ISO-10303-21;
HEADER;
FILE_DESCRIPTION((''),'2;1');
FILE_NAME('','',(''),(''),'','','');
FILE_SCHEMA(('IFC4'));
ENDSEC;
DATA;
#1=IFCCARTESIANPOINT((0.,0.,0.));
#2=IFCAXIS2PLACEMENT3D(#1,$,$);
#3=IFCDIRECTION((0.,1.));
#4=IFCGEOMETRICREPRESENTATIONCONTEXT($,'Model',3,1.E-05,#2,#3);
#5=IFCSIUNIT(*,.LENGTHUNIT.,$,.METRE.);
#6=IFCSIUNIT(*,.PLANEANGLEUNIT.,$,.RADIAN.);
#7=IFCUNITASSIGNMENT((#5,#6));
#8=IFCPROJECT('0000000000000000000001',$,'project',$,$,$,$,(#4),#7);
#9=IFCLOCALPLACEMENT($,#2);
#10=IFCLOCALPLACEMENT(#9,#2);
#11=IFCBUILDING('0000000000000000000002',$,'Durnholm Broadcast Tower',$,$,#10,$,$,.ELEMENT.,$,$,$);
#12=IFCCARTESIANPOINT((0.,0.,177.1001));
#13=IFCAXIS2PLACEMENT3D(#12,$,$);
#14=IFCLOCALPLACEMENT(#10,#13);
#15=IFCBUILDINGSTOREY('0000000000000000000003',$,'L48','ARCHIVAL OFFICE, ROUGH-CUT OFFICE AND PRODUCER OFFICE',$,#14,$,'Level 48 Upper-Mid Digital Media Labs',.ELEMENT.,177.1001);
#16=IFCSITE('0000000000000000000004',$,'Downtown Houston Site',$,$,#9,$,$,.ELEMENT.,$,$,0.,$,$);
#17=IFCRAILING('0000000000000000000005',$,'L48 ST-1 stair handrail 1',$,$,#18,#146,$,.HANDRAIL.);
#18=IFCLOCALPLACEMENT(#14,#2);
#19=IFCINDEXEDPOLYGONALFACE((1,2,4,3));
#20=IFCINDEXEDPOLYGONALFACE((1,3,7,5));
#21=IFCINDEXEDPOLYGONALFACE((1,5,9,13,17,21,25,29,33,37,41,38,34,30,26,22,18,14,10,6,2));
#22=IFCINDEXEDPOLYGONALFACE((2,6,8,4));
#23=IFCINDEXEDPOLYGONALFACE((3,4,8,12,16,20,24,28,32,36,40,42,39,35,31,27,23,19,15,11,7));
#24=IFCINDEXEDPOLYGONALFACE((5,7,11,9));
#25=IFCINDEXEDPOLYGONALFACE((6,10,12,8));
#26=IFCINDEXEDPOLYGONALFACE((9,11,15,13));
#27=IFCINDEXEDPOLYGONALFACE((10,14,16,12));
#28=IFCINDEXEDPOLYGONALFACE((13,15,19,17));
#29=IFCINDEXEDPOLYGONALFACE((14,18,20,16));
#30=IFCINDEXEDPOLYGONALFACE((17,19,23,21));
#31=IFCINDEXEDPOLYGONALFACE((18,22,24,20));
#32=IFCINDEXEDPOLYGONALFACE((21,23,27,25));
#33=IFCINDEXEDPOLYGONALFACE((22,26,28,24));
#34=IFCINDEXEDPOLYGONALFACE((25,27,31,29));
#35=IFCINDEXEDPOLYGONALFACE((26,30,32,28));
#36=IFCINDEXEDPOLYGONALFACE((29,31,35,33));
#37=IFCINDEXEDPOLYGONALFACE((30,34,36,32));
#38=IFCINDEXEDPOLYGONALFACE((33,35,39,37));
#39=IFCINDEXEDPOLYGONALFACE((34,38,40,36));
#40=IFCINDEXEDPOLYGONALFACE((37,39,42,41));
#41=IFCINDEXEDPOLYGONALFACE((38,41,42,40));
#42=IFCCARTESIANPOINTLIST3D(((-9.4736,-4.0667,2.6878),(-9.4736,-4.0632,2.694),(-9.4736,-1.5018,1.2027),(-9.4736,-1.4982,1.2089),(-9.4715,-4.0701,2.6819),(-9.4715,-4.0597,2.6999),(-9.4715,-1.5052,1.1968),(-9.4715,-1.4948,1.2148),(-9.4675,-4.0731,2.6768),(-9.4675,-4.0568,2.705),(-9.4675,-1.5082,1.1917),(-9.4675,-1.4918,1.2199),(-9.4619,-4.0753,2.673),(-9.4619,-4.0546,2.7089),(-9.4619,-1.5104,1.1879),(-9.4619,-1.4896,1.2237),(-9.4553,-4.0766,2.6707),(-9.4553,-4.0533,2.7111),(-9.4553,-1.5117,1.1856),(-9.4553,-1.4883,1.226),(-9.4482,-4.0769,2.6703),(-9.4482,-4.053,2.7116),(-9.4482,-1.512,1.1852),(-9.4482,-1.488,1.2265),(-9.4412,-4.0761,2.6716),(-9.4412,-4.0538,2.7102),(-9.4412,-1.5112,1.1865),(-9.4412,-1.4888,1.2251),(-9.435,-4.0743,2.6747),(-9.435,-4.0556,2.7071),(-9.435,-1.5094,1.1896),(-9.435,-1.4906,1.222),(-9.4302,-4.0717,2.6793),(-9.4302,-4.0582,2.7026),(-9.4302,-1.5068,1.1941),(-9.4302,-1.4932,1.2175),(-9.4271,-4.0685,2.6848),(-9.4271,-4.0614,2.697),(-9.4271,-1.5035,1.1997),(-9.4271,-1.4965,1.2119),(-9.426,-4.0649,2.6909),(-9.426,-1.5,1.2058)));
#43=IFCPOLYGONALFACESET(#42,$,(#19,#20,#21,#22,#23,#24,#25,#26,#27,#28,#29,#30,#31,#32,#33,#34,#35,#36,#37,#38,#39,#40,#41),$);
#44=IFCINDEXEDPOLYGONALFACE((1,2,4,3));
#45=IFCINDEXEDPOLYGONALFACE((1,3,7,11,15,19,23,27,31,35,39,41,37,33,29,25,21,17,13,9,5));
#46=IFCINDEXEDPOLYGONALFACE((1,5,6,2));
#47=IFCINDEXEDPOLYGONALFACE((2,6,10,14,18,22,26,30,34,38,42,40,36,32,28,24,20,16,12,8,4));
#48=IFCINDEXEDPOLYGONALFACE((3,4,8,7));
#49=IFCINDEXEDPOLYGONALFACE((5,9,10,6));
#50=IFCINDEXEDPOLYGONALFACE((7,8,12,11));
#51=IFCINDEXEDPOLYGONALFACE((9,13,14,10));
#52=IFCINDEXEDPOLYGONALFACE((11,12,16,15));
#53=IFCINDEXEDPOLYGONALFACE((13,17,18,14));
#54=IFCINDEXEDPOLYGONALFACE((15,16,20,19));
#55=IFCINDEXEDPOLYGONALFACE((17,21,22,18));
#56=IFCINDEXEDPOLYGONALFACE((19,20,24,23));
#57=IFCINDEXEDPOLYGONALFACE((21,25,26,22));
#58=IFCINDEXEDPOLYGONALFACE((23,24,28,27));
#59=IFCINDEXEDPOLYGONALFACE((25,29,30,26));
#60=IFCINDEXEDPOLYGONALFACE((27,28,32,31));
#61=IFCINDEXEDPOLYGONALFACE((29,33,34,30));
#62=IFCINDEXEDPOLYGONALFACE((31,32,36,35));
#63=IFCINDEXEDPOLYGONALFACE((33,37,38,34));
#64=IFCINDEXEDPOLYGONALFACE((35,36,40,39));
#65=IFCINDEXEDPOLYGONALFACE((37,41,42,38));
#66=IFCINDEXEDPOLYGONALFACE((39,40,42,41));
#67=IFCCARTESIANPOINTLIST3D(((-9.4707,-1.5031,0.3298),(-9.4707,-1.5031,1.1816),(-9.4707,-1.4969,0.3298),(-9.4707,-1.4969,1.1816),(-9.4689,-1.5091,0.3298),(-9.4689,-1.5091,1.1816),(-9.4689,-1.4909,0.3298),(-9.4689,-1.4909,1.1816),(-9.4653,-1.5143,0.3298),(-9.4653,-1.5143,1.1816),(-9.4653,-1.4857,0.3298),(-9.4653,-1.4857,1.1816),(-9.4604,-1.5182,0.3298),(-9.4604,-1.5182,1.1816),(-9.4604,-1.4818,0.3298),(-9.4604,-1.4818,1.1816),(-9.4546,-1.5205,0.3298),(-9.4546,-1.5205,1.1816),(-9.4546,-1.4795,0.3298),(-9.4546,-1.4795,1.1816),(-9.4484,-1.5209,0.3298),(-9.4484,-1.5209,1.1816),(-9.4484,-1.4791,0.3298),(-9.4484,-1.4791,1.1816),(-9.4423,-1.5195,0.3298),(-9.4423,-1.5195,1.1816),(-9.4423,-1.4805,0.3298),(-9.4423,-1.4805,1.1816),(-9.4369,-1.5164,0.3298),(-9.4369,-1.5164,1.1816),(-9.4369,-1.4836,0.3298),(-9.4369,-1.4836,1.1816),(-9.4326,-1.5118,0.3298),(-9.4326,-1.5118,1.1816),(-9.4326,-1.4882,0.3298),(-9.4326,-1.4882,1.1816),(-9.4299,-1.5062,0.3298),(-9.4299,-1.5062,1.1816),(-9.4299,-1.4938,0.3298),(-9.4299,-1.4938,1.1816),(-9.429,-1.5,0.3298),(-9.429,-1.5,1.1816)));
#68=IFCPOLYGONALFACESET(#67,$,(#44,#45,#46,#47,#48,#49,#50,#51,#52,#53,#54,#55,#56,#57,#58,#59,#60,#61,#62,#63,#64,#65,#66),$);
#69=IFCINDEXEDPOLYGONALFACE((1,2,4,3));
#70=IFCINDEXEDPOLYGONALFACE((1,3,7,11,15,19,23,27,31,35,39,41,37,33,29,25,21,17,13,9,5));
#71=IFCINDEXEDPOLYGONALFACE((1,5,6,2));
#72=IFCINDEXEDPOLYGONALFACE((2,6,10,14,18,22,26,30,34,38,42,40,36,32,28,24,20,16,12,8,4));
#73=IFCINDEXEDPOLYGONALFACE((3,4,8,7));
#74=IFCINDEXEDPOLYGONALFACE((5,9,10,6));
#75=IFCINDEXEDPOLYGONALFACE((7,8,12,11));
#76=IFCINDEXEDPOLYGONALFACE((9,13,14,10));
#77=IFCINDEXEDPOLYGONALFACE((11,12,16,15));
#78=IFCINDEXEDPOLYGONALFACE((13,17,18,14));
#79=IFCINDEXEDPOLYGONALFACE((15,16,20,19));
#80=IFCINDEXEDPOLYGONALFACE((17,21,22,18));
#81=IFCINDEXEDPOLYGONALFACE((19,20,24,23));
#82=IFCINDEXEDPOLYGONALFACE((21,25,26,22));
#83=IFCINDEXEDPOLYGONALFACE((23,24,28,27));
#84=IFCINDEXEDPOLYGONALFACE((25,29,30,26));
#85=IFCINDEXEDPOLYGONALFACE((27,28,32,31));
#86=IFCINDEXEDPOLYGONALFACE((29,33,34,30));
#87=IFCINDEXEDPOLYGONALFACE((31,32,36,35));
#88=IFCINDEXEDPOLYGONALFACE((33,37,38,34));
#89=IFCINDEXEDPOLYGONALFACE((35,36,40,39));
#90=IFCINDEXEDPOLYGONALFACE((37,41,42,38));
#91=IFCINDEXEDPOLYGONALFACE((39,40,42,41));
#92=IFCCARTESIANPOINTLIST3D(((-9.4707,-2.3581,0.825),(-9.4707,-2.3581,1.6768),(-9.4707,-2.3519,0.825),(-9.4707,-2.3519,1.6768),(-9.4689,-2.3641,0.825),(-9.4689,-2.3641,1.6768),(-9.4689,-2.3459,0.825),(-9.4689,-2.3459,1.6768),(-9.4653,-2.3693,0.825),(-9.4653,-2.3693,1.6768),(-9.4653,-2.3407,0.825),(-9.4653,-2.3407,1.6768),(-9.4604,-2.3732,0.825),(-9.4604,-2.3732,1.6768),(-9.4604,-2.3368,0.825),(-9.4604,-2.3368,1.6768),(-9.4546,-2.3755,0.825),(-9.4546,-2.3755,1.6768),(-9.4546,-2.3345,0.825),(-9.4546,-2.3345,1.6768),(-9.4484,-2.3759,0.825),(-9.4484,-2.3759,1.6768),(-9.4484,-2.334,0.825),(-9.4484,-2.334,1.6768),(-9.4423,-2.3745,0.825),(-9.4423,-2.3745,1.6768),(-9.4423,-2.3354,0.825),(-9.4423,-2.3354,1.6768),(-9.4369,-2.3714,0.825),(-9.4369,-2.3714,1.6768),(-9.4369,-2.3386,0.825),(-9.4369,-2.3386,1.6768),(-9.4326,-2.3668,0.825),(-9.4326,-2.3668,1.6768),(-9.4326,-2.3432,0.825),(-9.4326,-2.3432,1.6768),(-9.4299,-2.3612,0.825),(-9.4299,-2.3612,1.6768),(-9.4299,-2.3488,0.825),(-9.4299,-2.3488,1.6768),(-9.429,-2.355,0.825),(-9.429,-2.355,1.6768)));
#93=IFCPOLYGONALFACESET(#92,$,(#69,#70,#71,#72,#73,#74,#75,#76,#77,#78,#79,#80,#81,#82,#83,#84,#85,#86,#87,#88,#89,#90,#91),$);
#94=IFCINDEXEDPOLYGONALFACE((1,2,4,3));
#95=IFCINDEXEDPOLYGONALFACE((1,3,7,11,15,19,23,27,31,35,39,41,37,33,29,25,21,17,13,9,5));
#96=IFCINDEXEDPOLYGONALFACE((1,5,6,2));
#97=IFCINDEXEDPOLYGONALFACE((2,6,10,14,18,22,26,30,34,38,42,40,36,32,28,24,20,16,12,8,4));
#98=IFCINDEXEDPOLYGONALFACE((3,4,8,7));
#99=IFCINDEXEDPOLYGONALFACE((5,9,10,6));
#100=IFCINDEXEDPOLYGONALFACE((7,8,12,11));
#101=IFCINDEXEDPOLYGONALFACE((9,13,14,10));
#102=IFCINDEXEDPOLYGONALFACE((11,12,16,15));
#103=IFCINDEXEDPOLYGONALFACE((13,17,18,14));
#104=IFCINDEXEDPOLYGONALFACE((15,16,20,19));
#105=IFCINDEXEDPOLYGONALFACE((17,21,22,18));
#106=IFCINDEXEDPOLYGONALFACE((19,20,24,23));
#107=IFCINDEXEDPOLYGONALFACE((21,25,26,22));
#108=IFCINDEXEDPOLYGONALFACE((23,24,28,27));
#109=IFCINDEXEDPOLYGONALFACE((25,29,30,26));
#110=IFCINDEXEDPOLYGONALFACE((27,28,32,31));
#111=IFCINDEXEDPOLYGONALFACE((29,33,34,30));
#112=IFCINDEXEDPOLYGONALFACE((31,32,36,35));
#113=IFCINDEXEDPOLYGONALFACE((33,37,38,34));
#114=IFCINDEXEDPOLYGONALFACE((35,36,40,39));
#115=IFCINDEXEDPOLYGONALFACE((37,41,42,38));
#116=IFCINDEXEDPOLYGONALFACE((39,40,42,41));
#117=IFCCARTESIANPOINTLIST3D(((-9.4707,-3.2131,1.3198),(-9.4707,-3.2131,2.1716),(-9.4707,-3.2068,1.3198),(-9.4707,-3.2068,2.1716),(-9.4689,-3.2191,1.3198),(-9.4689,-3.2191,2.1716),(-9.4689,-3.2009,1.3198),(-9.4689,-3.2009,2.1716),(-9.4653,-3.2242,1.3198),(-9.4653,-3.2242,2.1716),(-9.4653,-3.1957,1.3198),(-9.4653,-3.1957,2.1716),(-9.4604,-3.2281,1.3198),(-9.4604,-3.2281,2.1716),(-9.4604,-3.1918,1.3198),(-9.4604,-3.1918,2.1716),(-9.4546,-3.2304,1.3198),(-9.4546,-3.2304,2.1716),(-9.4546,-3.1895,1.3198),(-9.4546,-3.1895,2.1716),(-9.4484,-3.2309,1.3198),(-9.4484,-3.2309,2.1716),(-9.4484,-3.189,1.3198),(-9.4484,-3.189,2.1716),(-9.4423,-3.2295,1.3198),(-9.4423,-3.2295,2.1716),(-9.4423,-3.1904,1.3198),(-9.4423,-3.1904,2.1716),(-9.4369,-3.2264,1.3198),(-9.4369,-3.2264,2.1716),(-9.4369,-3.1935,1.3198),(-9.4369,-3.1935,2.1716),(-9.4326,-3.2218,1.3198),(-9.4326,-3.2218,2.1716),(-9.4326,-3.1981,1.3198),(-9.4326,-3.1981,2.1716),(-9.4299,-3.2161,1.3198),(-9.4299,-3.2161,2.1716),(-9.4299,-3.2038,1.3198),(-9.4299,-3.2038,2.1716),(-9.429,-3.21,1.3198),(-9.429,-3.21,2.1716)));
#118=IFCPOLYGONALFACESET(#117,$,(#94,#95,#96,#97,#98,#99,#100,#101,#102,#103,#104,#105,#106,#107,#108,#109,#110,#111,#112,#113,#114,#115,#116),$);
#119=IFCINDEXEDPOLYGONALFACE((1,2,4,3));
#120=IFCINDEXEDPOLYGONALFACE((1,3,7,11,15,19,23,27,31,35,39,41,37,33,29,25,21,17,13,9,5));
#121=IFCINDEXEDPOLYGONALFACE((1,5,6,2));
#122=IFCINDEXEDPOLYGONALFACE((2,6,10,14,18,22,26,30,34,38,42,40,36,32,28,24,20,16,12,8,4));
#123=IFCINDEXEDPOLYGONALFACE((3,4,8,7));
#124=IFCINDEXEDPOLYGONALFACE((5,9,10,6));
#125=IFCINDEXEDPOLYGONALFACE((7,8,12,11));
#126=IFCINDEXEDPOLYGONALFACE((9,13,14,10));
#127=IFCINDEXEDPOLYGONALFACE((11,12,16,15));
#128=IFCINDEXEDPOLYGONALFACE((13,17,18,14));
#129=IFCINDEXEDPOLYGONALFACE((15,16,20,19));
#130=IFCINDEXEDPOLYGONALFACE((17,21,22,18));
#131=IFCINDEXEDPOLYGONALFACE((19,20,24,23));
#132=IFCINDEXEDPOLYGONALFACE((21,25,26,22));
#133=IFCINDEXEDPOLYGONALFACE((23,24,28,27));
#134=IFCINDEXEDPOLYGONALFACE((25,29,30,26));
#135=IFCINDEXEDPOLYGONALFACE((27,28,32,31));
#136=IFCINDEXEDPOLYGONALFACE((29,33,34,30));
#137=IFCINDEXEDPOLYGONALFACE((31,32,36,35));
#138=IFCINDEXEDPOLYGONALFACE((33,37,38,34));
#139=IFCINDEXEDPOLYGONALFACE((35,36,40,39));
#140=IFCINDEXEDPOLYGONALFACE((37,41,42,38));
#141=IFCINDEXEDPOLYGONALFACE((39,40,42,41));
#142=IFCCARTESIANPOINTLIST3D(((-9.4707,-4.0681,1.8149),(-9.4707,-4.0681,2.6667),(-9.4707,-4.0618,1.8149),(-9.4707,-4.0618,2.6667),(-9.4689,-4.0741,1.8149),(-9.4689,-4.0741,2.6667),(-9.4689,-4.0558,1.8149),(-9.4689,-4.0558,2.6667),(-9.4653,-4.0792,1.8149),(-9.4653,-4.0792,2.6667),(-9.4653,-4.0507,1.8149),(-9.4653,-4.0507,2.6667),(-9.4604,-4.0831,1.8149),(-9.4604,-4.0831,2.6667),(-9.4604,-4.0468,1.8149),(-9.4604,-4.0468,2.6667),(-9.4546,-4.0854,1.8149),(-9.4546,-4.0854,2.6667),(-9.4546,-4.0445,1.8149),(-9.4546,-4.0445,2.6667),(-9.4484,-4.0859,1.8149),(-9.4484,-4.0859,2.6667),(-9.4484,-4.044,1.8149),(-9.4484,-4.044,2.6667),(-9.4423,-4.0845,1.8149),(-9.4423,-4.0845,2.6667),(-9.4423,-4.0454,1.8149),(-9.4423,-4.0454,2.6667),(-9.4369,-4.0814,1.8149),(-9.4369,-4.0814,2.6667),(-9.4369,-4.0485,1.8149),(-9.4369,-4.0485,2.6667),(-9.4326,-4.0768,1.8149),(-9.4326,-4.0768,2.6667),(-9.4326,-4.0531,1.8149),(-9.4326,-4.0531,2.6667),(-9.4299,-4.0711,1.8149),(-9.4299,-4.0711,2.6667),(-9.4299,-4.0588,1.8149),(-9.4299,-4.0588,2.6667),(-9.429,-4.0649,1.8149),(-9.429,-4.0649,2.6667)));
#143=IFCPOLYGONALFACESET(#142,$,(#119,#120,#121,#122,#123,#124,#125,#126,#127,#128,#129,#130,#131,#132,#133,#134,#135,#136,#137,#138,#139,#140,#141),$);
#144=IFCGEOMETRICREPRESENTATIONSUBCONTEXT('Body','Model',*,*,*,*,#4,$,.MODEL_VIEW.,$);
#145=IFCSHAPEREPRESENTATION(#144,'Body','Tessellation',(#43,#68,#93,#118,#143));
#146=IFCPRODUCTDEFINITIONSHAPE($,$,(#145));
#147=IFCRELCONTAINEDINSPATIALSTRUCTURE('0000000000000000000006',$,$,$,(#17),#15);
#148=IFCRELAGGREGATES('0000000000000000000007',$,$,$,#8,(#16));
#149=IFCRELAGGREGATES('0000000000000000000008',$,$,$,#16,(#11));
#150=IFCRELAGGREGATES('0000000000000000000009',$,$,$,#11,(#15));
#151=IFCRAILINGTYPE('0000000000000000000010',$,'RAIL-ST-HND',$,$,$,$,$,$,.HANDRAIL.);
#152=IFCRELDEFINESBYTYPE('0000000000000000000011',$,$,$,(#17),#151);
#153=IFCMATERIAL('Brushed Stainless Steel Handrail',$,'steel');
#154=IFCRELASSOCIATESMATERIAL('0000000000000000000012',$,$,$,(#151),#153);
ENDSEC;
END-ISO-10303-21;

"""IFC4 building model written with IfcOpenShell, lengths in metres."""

from ifc_helpers import new_model, si_unit, direction, frame, origin, origin_2d, place, context, subcontext, project, spatial, circle, extrude, material, type_object, element, save


model = new_model("IFC4")

# Units and contexts
model_context = context("Model", 3, precision=1e-05, world=origin(), true_north=direction((0.0, 1.0)))
body_context = subcontext(model_context, "Body", "Model", "MODEL_VIEW")
ifc_project = project(units=[si_unit("LENGTHUNIT", "METRE"), si_unit("PLANEANGLEUNIT", "RADIAN")], contexts=[model_context])

# Site, building, storey
site_placement = place(None, origin())
site = spatial("IfcSite", under=ifc_project, at=site_placement, Name="Downtown Houston Site", CompositionType="ELEMENT", RefElevation=0.0)
building_placement = place(site_placement, origin())
building = spatial("IfcBuilding", under=site, at=building_placement, Name="Durnholm Broadcast Tower", CompositionType="ELEMENT")
storey_placement = place(building_placement, frame((0.0, 0.0, 177.1001)))
storey = spatial("IfcBuildingStorey", under=building, at=storey_placement, Name="L48", Description="ARCHIVAL OFFICE, ROUGH-CUT OFFICE AND PRODUCER OFFICE", LongName="Level 48 Upper-Mid Digital Media Labs", CompositionType="ELEMENT", Elevation=177.1001)

# Railing
ifc_material_1 = material(Name="Brushed Stainless Steel Handrail", Category="steel")
railing_type_1 = type_object("IfcRailingType", Name="RAIL-ST-HND", PredefinedType="HANDRAIL", material=ifc_material_1)
railing_1_placement = place(storey_placement, frame((-9.45, -1.5, 0.3298)))
element("IfcRailing", 1, at=railing_1_placement, inside=storey, type_object=railing_type_1, Name="L48 ST-1 stair handrail 1", PredefinedType="HANDRAIL", context=body_context, shape_type="SweptSolid", body=[
    extrude(circle(Radius=0.0239, at=origin_2d()), frame((0.0, 0.0, 0.876), z_axis=(0.0, -0.865406, 0.501072), x_axis=(1.0, 0.0, 0.0)), (0.0, 0.0, 1.0), 2.9639),
    extrude(circle(Radius=0.021, at=origin_2d()), origin(), (0.0, 0.0, 1.0), 0.8518),
    extrude(circle(Radius=0.021, at=origin_2d()), frame((0.0, -0.855, 0.4951)), (0.0, 0.0, 1.0), 0.8518),
    extrude(circle(Radius=0.021, at=origin_2d()), frame((0.0, -1.71, 0.99)), (0.0, 0.0, 1.0), 0.8518),
    extrude(circle(Radius=0.021, at=origin_2d()), frame((0.0, -2.5649, 1.4851)), (0.0, 0.0, 1.0), 0.8518),
])

save(model, "model.ifc")
